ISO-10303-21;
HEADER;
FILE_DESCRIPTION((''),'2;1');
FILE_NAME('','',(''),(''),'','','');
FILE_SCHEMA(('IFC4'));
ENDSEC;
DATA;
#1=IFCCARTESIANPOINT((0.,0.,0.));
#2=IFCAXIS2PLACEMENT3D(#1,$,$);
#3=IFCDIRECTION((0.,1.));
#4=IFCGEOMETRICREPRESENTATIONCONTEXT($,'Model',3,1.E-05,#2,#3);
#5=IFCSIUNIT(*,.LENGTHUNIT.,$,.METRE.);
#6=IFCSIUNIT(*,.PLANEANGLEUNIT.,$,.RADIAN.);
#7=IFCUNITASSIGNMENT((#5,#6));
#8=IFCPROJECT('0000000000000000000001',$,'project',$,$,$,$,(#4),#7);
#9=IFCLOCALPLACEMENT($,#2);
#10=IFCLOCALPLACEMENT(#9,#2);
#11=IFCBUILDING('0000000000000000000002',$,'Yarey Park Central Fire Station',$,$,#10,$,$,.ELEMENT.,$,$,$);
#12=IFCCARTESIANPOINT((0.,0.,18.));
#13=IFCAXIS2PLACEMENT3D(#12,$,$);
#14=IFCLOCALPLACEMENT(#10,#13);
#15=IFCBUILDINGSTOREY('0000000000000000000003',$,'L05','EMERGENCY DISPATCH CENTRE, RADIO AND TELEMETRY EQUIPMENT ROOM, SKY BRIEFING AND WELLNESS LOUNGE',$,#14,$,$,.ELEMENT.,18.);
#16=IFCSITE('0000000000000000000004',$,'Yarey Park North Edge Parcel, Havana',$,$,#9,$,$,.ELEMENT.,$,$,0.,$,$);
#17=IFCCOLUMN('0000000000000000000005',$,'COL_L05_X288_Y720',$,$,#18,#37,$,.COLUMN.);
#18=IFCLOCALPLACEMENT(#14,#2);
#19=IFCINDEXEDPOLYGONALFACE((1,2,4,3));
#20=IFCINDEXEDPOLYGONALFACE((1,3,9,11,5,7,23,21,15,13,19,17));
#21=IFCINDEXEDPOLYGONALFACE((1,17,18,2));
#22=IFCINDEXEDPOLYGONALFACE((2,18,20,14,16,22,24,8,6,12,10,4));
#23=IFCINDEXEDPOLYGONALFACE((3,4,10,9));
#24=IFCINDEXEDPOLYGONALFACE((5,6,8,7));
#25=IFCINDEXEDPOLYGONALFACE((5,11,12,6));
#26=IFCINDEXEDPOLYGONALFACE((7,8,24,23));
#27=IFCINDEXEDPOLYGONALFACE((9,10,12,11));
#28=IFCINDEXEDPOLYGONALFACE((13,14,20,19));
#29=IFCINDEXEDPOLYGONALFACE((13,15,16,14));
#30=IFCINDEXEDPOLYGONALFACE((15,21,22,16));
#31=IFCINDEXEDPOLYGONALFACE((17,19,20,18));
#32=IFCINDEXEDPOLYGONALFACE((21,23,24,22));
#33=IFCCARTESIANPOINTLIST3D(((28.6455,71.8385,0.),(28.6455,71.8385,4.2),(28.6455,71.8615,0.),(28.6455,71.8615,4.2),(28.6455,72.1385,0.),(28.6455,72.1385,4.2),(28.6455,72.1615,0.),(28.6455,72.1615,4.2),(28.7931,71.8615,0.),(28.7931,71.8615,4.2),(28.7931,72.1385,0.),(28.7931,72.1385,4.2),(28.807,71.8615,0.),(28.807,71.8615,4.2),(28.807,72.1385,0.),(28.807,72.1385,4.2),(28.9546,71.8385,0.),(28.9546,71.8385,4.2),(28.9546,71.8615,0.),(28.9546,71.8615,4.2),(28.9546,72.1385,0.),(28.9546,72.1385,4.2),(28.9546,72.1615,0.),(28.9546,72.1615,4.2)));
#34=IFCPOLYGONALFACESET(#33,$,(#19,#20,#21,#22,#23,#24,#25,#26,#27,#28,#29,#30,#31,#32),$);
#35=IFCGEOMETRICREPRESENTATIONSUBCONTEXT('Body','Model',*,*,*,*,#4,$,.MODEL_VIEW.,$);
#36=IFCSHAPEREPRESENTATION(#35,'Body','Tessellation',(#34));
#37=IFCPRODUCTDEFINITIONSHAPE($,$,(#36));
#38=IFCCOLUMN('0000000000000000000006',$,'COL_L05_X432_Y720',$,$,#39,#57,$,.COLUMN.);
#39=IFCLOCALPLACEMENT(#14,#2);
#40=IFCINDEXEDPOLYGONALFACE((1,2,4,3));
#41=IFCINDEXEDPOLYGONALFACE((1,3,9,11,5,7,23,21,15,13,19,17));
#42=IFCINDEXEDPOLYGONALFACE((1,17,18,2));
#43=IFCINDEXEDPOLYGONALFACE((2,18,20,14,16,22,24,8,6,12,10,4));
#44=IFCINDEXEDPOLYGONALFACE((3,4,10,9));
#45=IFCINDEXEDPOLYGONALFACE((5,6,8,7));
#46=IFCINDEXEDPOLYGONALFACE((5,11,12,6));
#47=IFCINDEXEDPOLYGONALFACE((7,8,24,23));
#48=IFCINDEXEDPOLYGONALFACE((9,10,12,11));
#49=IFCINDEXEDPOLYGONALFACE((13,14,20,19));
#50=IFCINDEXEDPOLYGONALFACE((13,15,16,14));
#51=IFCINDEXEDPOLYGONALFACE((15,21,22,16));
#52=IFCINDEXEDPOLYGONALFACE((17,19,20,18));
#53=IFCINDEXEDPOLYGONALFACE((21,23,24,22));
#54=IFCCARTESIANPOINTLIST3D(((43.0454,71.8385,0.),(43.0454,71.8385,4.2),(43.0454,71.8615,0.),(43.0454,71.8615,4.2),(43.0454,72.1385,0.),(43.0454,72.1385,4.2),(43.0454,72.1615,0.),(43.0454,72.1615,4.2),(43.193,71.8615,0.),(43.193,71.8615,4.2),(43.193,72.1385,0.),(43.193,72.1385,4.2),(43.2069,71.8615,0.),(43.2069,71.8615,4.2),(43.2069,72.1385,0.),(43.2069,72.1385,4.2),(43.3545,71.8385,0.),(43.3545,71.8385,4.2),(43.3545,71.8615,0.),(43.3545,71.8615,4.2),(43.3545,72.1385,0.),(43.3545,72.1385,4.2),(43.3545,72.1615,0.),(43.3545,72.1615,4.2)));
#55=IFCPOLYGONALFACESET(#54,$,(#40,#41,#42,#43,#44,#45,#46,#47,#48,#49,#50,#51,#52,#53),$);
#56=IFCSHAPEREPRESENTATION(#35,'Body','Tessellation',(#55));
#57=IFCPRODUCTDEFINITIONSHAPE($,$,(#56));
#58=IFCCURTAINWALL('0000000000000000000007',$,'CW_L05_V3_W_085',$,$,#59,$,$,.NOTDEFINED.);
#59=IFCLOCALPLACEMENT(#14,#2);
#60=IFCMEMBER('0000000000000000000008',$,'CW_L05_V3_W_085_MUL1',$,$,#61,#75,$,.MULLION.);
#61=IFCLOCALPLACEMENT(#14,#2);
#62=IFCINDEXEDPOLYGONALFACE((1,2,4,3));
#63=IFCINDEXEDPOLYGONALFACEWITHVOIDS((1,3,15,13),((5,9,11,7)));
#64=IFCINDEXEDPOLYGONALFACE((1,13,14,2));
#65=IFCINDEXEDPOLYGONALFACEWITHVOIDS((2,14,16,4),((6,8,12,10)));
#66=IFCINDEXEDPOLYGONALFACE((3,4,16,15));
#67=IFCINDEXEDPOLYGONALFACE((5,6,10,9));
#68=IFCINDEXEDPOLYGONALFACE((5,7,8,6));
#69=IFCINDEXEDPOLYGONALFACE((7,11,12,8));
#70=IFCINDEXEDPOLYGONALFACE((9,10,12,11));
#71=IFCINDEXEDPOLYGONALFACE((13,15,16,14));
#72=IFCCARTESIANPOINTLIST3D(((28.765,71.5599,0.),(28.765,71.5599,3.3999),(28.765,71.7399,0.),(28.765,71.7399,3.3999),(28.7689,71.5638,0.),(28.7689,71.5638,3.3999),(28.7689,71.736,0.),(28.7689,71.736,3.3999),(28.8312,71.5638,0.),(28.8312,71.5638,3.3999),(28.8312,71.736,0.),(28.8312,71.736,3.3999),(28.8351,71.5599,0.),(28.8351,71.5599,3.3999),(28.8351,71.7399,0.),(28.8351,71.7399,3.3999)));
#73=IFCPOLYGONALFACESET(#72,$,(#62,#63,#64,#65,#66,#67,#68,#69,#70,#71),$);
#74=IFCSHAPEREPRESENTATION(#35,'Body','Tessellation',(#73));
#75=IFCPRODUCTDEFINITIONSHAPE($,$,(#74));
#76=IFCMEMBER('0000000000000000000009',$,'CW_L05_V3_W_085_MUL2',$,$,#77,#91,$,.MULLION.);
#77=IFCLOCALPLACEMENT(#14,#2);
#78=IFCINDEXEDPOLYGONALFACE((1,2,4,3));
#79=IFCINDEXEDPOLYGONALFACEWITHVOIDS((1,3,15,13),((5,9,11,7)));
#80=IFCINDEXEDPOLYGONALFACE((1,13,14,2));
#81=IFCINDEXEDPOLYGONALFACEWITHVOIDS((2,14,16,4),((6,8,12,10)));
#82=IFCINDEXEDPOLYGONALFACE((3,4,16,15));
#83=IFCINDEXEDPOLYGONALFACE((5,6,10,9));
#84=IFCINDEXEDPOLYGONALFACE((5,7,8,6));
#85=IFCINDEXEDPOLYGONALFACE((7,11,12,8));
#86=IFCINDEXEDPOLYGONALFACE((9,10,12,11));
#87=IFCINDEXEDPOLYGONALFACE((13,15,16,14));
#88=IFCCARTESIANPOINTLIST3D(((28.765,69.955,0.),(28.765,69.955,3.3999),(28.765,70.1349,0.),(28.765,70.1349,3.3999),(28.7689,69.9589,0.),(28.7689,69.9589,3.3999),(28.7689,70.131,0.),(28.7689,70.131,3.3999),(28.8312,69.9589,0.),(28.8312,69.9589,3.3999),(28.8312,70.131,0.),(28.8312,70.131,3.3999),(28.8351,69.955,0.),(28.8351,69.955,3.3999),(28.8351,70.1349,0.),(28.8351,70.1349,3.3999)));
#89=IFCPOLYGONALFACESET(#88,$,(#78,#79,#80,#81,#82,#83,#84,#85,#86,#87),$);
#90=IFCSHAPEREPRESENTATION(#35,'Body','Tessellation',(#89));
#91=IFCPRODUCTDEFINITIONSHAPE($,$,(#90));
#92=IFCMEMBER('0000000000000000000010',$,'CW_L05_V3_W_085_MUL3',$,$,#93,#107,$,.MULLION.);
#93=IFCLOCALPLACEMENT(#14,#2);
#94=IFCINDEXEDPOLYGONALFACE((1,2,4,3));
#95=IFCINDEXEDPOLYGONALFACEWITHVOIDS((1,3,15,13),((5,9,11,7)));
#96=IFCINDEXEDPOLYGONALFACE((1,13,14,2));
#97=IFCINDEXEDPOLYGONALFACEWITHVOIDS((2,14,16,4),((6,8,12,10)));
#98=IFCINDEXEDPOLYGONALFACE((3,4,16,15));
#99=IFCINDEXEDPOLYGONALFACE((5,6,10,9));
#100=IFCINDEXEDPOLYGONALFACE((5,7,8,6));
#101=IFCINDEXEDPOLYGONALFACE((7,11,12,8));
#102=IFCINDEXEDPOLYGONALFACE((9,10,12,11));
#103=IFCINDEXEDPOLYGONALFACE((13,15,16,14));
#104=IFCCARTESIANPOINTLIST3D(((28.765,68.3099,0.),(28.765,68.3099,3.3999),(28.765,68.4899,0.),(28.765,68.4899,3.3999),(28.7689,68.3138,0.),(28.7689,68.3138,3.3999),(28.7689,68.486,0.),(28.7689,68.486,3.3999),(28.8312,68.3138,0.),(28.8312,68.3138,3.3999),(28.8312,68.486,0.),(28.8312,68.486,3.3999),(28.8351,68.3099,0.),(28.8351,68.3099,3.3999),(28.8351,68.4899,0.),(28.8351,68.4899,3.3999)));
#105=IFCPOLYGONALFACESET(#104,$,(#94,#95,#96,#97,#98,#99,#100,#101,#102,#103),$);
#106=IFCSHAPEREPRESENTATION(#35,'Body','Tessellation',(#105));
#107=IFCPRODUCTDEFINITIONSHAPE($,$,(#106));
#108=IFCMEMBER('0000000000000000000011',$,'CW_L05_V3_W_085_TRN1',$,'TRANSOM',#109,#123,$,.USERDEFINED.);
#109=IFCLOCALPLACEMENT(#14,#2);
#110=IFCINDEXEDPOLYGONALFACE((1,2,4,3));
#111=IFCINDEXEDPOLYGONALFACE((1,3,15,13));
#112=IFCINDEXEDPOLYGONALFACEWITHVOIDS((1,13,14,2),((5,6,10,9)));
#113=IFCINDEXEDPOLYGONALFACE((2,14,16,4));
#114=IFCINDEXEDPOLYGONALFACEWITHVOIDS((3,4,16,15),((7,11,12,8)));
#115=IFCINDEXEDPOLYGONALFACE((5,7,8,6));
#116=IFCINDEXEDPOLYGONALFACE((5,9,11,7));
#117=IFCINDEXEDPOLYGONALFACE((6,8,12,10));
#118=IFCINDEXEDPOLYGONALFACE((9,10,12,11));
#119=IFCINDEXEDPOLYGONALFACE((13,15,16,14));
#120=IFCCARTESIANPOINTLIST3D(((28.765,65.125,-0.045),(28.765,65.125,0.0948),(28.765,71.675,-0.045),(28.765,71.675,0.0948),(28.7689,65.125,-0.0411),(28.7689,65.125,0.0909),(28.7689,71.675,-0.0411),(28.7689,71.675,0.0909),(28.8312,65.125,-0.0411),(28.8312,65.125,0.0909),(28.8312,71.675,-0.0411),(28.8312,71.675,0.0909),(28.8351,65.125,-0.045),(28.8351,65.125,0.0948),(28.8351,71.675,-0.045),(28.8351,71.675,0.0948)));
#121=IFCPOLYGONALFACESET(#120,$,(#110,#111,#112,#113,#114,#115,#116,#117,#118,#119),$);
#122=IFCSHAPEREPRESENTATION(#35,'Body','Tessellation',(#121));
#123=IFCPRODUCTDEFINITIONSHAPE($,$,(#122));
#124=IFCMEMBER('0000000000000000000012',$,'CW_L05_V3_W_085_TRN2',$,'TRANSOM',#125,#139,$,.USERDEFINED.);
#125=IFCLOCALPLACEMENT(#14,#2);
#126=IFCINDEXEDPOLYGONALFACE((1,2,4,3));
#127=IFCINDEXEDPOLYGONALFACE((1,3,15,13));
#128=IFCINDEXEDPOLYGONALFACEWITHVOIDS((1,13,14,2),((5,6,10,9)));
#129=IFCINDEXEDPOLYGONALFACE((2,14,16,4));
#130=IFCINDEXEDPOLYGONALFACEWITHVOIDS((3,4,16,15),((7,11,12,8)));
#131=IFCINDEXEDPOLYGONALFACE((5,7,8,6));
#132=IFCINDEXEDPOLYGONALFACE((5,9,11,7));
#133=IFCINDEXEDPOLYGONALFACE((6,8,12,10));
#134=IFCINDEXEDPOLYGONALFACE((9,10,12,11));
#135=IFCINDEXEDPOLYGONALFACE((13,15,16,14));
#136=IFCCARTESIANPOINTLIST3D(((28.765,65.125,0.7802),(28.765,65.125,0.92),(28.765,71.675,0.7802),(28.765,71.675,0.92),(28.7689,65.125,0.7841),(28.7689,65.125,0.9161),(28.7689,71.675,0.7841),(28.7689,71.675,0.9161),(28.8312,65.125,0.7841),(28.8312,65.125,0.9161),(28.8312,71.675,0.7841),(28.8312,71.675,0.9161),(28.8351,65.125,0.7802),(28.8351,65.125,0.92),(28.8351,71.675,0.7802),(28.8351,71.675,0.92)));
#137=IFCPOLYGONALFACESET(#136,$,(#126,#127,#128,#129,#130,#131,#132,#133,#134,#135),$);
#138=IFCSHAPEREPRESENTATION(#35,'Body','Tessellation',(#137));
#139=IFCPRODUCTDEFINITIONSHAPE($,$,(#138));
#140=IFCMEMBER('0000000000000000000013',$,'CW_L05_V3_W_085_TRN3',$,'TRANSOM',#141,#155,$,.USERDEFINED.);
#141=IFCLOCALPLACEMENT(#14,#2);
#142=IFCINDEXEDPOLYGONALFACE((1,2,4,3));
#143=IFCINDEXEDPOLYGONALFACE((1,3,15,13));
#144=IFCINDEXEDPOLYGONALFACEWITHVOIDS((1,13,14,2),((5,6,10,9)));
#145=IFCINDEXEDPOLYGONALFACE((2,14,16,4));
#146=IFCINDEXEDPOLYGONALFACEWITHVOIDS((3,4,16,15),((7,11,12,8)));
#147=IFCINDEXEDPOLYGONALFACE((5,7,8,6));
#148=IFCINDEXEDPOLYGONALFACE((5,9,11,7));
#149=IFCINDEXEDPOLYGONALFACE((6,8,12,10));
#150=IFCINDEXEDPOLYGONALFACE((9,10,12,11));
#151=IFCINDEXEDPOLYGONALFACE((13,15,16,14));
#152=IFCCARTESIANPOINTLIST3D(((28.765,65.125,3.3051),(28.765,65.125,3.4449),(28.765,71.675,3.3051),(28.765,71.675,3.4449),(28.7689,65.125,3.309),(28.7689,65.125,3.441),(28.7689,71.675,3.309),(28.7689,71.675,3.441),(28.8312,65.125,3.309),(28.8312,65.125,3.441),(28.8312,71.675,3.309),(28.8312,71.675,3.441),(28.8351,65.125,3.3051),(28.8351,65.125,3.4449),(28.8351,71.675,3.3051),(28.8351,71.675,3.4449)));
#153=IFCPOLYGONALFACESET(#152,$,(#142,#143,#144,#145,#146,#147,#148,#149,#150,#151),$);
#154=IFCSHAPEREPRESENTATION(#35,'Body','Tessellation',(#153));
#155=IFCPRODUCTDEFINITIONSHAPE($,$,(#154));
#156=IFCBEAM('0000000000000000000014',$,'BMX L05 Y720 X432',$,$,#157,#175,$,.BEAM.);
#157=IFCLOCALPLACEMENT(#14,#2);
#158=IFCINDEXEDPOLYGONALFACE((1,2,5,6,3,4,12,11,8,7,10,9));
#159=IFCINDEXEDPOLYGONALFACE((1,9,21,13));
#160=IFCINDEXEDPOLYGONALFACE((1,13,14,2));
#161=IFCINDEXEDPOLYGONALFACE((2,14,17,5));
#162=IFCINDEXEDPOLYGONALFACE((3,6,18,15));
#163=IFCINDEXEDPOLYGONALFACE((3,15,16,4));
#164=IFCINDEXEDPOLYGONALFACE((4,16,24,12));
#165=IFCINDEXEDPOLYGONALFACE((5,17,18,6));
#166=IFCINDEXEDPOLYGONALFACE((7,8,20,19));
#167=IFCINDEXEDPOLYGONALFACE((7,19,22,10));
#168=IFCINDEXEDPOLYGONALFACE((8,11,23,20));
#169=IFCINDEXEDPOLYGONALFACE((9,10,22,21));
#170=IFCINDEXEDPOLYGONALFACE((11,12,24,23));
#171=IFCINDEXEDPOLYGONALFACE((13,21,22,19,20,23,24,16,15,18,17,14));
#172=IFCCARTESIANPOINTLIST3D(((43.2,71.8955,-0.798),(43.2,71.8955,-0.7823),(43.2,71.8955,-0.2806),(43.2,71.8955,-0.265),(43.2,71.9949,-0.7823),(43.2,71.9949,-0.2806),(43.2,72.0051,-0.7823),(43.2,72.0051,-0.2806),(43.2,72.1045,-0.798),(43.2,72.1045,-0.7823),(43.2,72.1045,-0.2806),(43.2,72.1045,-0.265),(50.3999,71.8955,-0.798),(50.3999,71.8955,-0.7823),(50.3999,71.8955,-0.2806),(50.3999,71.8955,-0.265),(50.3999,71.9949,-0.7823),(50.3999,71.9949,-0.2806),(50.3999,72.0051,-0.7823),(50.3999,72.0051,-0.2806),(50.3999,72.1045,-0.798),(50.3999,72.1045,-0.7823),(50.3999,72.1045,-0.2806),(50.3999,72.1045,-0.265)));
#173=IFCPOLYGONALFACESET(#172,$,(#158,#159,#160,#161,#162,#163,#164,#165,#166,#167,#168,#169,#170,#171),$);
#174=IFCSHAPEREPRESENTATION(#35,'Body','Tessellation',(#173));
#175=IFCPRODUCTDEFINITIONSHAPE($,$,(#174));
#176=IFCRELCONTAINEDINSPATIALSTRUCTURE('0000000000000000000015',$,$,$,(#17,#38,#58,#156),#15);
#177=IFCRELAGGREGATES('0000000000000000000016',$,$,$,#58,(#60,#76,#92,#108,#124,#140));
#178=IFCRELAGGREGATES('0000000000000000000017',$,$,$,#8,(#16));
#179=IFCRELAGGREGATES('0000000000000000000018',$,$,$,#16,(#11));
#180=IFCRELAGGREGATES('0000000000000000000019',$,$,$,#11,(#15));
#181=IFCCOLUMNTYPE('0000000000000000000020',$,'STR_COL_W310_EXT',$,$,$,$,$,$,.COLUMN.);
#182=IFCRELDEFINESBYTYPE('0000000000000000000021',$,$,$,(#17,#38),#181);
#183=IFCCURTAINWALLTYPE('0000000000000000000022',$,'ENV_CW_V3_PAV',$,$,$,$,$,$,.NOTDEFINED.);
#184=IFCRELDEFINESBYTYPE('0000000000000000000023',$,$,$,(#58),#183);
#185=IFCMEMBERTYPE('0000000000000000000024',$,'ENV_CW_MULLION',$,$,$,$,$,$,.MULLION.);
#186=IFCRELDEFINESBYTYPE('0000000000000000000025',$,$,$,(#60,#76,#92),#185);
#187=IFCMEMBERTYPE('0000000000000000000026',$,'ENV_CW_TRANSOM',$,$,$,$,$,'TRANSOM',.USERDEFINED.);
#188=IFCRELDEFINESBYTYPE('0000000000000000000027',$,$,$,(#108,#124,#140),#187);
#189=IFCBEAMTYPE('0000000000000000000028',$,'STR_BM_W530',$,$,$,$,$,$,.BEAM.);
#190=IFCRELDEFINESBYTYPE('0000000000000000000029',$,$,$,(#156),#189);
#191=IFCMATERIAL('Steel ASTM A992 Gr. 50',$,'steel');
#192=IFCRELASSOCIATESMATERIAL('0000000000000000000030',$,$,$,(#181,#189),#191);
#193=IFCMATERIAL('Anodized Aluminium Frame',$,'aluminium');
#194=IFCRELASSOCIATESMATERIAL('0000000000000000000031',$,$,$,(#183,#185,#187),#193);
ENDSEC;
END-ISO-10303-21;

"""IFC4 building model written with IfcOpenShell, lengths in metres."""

from ifc_helpers import new_model, si_unit, direction, frame, origin, origin_2d, place, context, subcontext, project, spatial, hollow_rectangle, i_section, extrude, material, material_profile, profile_set, type_object, element, aggregate, save


model = new_model("IFC4")

# Units and contexts
model_context = context("Model", 3, precision=1e-05, world=origin(), true_north=direction((0.0, 1.0)))
body_context = subcontext(model_context, "Body", "Model", "MODEL_VIEW")
ifc_project = project(units=[si_unit("LENGTHUNIT", "METRE"), si_unit("PLANEANGLEUNIT", "RADIAN")], contexts=[model_context])

# Site, building, storey
site_placement = place(None, origin())
site = spatial("IfcSite", under=ifc_project, at=site_placement, Name="Yarey Park North Edge Parcel, Havana", CompositionType="ELEMENT", RefElevation=0.0)
building_placement = place(site_placement, origin())
building = spatial("IfcBuilding", under=site, at=building_placement, Name="Yarey Park Central Fire Station", CompositionType="ELEMENT")
storey_placement = place(building_placement, frame((0.0, 0.0, 18.0)))
storey = spatial("IfcBuildingStorey", under=building, at=storey_placement, Name="L05", Description="EMERGENCY DISPATCH CENTRE, RADIO AND TELEMETRY EQUIPMENT ROOM, SKY BRIEFING AND WELLNESS LOUNGE", CompositionType="ELEMENT", Elevation=18.0)

# Columns
ifc_material_1 = material(Name="Steel ASTM A992 Gr. 50", Category="steel")
ifc_material_profile_1 = material_profile(ifc_material_1, i_section(OverallWidth=0.3091, OverallDepth=0.323, WebThickness=0.0139, FlangeThickness=0.0229, at=origin_2d()), Name="W310x143")
ifc_profile_set_1 = profile_set([ifc_material_profile_1], Name="Steel ASTM A992 Gr. 50")
column_type = type_object("IfcColumnType", Name="STR_COL_W310_EXT", PredefinedType="COLUMN", material=ifc_profile_set_1)
for number, where, z_axis, x_axis, name in (
    (1, (28.8, 72.0, 0.0), (0.0, 0.0, 1.0), (1.0, 0.0, 0.0), "COL_L05_X288_Y720"),
    (2, (43.2, 72.0, 0.0), (0.0, 0.0, 1.0), (1.0, 0.0, 0.0), "COL_L05_X432_Y720"),
):
    element("IfcColumn", number, at=place(storey_placement, frame(where, z_axis=z_axis, x_axis=x_axis)), inside=storey, type_object=column_type, Name=name, PredefinedType="COLUMN", context=body_context, shape_type="SweptSolid", body=[
        extrude(i_section(OverallWidth=0.3091, OverallDepth=0.323, WebThickness=0.0139, FlangeThickness=0.0229, at=origin_2d()), origin(), (0.0, 0.0, 1.0), 4.2),
    ])

# Curtain wall, members
ifc_material_2 = material(Name="Anodized Aluminium Frame", Category="aluminium")
curtain_wall_type = type_object("IfcCurtainWallType", Name="ENV_CW_V3_PAV", PredefinedType="NOTDEFINED", material=ifc_material_2)
curtain_wall_placement = place(storey_placement, origin())
curtain_wall = element("IfcCurtainWall", 3, at=curtain_wall_placement, inside=storey, type_object=curtain_wall_type, Name="CW_L05_V3_W_085", PredefinedType="NOTDEFINED")
ifc_material_profile_2 = material_profile(ifc_material_2, hollow_rectangle(XDim=0.0701, YDim=0.1799, WallThickness=0.0039, at=origin_2d()), Name="ALU 180x70x4")
ifc_profile_set_2 = profile_set([ifc_material_profile_2], Name="Anodized Aluminium Frame")
member_type_1 = type_object("IfcMemberType", Name="ENV_CW_MULLION", PredefinedType="MULLION", material=ifc_profile_set_2)
member_1_placement = place(storey_placement, frame((28.8, 71.6499, 0.0), z_axis=(0.0, 0.0, 1.0), x_axis=(1.0, 0.0, 0.0)))
member_1 = element("IfcMember", 4, at=member_1_placement, type_object=member_type_1, Name="CW_L05_V3_W_085_MUL1", PredefinedType="MULLION", context=body_context, shape_type="SweptSolid", body=[
    extrude(hollow_rectangle(XDim=0.0701, YDim=0.1799, WallThickness=0.0039, at=origin_2d()), origin(), (0.0, 0.0, 1.0), 3.3999),
])
member_2_placement = place(storey_placement, frame((28.8, 70.0449, 0.0), z_axis=(0.0, 0.0, 1.0), x_axis=(1.0, 0.0, 0.0)))
member_2 = element("IfcMember", 5, at=member_2_placement, type_object=member_type_1, Name="CW_L05_V3_W_085_MUL2", PredefinedType="MULLION", context=body_context, shape_type="SweptSolid", body=[
    extrude(hollow_rectangle(XDim=0.0701, YDim=0.1799, WallThickness=0.0039, at=origin_2d()), origin(), (0.0, 0.0, 1.0), 3.3999),
])
member_3_placement = place(storey_placement, frame((28.8, 68.3999, 0.0), z_axis=(0.0, 0.0, 1.0), x_axis=(1.0, 0.0, 0.0)))
member_3 = element("IfcMember", 6, at=member_3_placement, type_object=member_type_1, Name="CW_L05_V3_W_085_MUL3", PredefinedType="MULLION", context=body_context, shape_type="SweptSolid", body=[
    extrude(hollow_rectangle(XDim=0.0701, YDim=0.1799, WallThickness=0.0039, at=origin_2d()), origin(), (0.0, 0.0, 1.0), 3.3999),
])
ifc_material_profile_3 = material_profile(ifc_material_2, hollow_rectangle(XDim=0.0701, YDim=0.1399, WallThickness=0.0039, at=origin_2d()), Name="ALU 140x70x4")
ifc_profile_set_3 = profile_set([ifc_material_profile_3], Name="Anodized Aluminium Frame")
member_type_2 = type_object("IfcMemberType", Name="ENV_CW_TRANSOM", ElementType="TRANSOM", PredefinedType="USERDEFINED", material=ifc_profile_set_3)
member_4_placement = place(storey_placement, frame((28.8, 71.675, 0.0249), z_axis=(0.0, -1.0, 0.0), x_axis=(1.0, 0.0, 0.0)))
member_4 = element("IfcMember", 7, at=member_4_placement, type_object=member_type_2, Name="CW_L05_V3_W_085_TRN1", ObjectType="TRANSOM", PredefinedType="USERDEFINED", context=body_context, shape_type="SweptSolid", body=[
    extrude(hollow_rectangle(XDim=0.0701, YDim=0.1399, WallThickness=0.0039, at=origin_2d()), origin(), (0.0, 0.0, 1.0), 6.55),
])
member_5_placement = place(storey_placement, frame((28.8, 71.675, 0.8501), z_axis=(0.0, -1.0, 0.0), x_axis=(1.0, 0.0, 0.0)))
member_5 = element("IfcMember", 8, at=member_5_placement, type_object=member_type_2, Name="CW_L05_V3_W_085_TRN2", ObjectType="TRANSOM", PredefinedType="USERDEFINED", context=body_context, shape_type="SweptSolid", body=[
    extrude(hollow_rectangle(XDim=0.0701, YDim=0.1399, WallThickness=0.0039, at=origin_2d()), origin(), (0.0, 0.0, 1.0), 6.55),
])
member_6_placement = place(storey_placement, frame((28.8, 71.675, 3.375), z_axis=(0.0, -1.0, 0.0), x_axis=(1.0, 0.0, 0.0)))
member_6 = element("IfcMember", 9, at=member_6_placement, type_object=member_type_2, Name="CW_L05_V3_W_085_TRN3", ObjectType="TRANSOM", PredefinedType="USERDEFINED", context=body_context, shape_type="SweptSolid", body=[
    extrude(hollow_rectangle(XDim=0.0701, YDim=0.1399, WallThickness=0.0039, at=origin_2d()), origin(), (0.0, 0.0, 1.0), 6.55),
])

# Beam
ifc_material_profile_4 = material_profile(ifc_material_1, i_section(OverallWidth=0.209, OverallDepth=0.533, WebThickness=0.0103, FlangeThickness=0.0156, at=origin_2d()), Name="W530x92")
ifc_profile_set_4 = profile_set([ifc_material_profile_4], Name="Steel ASTM A992 Gr. 50")
beam_type_1 = type_object("IfcBeamType", Name="STR_BM_W530", PredefinedType="BEAM", material=ifc_profile_set_4)
beam_1_placement = place(storey_placement, frame((43.2, 72.0, -0.5315), z_axis=(1.0, 0.0, 0.0), x_axis=(0.0, 1.0, 0.0)))
element("IfcBeam", 10, at=beam_1_placement, inside=storey, type_object=beam_type_1, Name="BMX L05 Y720 X432", PredefinedType="BEAM", context=body_context, shape_type="SweptSolid", body=[
    extrude(i_section(OverallWidth=0.209, OverallDepth=0.533, WebThickness=0.0103, FlangeThickness=0.0156, at=origin_2d()), origin(), (0.0, 0.0, 1.0), 7.2),
])

aggregate(curtain_wall, [member_1, member_2, member_3, member_4, member_5, member_6])

save(model, "model.ifc")
